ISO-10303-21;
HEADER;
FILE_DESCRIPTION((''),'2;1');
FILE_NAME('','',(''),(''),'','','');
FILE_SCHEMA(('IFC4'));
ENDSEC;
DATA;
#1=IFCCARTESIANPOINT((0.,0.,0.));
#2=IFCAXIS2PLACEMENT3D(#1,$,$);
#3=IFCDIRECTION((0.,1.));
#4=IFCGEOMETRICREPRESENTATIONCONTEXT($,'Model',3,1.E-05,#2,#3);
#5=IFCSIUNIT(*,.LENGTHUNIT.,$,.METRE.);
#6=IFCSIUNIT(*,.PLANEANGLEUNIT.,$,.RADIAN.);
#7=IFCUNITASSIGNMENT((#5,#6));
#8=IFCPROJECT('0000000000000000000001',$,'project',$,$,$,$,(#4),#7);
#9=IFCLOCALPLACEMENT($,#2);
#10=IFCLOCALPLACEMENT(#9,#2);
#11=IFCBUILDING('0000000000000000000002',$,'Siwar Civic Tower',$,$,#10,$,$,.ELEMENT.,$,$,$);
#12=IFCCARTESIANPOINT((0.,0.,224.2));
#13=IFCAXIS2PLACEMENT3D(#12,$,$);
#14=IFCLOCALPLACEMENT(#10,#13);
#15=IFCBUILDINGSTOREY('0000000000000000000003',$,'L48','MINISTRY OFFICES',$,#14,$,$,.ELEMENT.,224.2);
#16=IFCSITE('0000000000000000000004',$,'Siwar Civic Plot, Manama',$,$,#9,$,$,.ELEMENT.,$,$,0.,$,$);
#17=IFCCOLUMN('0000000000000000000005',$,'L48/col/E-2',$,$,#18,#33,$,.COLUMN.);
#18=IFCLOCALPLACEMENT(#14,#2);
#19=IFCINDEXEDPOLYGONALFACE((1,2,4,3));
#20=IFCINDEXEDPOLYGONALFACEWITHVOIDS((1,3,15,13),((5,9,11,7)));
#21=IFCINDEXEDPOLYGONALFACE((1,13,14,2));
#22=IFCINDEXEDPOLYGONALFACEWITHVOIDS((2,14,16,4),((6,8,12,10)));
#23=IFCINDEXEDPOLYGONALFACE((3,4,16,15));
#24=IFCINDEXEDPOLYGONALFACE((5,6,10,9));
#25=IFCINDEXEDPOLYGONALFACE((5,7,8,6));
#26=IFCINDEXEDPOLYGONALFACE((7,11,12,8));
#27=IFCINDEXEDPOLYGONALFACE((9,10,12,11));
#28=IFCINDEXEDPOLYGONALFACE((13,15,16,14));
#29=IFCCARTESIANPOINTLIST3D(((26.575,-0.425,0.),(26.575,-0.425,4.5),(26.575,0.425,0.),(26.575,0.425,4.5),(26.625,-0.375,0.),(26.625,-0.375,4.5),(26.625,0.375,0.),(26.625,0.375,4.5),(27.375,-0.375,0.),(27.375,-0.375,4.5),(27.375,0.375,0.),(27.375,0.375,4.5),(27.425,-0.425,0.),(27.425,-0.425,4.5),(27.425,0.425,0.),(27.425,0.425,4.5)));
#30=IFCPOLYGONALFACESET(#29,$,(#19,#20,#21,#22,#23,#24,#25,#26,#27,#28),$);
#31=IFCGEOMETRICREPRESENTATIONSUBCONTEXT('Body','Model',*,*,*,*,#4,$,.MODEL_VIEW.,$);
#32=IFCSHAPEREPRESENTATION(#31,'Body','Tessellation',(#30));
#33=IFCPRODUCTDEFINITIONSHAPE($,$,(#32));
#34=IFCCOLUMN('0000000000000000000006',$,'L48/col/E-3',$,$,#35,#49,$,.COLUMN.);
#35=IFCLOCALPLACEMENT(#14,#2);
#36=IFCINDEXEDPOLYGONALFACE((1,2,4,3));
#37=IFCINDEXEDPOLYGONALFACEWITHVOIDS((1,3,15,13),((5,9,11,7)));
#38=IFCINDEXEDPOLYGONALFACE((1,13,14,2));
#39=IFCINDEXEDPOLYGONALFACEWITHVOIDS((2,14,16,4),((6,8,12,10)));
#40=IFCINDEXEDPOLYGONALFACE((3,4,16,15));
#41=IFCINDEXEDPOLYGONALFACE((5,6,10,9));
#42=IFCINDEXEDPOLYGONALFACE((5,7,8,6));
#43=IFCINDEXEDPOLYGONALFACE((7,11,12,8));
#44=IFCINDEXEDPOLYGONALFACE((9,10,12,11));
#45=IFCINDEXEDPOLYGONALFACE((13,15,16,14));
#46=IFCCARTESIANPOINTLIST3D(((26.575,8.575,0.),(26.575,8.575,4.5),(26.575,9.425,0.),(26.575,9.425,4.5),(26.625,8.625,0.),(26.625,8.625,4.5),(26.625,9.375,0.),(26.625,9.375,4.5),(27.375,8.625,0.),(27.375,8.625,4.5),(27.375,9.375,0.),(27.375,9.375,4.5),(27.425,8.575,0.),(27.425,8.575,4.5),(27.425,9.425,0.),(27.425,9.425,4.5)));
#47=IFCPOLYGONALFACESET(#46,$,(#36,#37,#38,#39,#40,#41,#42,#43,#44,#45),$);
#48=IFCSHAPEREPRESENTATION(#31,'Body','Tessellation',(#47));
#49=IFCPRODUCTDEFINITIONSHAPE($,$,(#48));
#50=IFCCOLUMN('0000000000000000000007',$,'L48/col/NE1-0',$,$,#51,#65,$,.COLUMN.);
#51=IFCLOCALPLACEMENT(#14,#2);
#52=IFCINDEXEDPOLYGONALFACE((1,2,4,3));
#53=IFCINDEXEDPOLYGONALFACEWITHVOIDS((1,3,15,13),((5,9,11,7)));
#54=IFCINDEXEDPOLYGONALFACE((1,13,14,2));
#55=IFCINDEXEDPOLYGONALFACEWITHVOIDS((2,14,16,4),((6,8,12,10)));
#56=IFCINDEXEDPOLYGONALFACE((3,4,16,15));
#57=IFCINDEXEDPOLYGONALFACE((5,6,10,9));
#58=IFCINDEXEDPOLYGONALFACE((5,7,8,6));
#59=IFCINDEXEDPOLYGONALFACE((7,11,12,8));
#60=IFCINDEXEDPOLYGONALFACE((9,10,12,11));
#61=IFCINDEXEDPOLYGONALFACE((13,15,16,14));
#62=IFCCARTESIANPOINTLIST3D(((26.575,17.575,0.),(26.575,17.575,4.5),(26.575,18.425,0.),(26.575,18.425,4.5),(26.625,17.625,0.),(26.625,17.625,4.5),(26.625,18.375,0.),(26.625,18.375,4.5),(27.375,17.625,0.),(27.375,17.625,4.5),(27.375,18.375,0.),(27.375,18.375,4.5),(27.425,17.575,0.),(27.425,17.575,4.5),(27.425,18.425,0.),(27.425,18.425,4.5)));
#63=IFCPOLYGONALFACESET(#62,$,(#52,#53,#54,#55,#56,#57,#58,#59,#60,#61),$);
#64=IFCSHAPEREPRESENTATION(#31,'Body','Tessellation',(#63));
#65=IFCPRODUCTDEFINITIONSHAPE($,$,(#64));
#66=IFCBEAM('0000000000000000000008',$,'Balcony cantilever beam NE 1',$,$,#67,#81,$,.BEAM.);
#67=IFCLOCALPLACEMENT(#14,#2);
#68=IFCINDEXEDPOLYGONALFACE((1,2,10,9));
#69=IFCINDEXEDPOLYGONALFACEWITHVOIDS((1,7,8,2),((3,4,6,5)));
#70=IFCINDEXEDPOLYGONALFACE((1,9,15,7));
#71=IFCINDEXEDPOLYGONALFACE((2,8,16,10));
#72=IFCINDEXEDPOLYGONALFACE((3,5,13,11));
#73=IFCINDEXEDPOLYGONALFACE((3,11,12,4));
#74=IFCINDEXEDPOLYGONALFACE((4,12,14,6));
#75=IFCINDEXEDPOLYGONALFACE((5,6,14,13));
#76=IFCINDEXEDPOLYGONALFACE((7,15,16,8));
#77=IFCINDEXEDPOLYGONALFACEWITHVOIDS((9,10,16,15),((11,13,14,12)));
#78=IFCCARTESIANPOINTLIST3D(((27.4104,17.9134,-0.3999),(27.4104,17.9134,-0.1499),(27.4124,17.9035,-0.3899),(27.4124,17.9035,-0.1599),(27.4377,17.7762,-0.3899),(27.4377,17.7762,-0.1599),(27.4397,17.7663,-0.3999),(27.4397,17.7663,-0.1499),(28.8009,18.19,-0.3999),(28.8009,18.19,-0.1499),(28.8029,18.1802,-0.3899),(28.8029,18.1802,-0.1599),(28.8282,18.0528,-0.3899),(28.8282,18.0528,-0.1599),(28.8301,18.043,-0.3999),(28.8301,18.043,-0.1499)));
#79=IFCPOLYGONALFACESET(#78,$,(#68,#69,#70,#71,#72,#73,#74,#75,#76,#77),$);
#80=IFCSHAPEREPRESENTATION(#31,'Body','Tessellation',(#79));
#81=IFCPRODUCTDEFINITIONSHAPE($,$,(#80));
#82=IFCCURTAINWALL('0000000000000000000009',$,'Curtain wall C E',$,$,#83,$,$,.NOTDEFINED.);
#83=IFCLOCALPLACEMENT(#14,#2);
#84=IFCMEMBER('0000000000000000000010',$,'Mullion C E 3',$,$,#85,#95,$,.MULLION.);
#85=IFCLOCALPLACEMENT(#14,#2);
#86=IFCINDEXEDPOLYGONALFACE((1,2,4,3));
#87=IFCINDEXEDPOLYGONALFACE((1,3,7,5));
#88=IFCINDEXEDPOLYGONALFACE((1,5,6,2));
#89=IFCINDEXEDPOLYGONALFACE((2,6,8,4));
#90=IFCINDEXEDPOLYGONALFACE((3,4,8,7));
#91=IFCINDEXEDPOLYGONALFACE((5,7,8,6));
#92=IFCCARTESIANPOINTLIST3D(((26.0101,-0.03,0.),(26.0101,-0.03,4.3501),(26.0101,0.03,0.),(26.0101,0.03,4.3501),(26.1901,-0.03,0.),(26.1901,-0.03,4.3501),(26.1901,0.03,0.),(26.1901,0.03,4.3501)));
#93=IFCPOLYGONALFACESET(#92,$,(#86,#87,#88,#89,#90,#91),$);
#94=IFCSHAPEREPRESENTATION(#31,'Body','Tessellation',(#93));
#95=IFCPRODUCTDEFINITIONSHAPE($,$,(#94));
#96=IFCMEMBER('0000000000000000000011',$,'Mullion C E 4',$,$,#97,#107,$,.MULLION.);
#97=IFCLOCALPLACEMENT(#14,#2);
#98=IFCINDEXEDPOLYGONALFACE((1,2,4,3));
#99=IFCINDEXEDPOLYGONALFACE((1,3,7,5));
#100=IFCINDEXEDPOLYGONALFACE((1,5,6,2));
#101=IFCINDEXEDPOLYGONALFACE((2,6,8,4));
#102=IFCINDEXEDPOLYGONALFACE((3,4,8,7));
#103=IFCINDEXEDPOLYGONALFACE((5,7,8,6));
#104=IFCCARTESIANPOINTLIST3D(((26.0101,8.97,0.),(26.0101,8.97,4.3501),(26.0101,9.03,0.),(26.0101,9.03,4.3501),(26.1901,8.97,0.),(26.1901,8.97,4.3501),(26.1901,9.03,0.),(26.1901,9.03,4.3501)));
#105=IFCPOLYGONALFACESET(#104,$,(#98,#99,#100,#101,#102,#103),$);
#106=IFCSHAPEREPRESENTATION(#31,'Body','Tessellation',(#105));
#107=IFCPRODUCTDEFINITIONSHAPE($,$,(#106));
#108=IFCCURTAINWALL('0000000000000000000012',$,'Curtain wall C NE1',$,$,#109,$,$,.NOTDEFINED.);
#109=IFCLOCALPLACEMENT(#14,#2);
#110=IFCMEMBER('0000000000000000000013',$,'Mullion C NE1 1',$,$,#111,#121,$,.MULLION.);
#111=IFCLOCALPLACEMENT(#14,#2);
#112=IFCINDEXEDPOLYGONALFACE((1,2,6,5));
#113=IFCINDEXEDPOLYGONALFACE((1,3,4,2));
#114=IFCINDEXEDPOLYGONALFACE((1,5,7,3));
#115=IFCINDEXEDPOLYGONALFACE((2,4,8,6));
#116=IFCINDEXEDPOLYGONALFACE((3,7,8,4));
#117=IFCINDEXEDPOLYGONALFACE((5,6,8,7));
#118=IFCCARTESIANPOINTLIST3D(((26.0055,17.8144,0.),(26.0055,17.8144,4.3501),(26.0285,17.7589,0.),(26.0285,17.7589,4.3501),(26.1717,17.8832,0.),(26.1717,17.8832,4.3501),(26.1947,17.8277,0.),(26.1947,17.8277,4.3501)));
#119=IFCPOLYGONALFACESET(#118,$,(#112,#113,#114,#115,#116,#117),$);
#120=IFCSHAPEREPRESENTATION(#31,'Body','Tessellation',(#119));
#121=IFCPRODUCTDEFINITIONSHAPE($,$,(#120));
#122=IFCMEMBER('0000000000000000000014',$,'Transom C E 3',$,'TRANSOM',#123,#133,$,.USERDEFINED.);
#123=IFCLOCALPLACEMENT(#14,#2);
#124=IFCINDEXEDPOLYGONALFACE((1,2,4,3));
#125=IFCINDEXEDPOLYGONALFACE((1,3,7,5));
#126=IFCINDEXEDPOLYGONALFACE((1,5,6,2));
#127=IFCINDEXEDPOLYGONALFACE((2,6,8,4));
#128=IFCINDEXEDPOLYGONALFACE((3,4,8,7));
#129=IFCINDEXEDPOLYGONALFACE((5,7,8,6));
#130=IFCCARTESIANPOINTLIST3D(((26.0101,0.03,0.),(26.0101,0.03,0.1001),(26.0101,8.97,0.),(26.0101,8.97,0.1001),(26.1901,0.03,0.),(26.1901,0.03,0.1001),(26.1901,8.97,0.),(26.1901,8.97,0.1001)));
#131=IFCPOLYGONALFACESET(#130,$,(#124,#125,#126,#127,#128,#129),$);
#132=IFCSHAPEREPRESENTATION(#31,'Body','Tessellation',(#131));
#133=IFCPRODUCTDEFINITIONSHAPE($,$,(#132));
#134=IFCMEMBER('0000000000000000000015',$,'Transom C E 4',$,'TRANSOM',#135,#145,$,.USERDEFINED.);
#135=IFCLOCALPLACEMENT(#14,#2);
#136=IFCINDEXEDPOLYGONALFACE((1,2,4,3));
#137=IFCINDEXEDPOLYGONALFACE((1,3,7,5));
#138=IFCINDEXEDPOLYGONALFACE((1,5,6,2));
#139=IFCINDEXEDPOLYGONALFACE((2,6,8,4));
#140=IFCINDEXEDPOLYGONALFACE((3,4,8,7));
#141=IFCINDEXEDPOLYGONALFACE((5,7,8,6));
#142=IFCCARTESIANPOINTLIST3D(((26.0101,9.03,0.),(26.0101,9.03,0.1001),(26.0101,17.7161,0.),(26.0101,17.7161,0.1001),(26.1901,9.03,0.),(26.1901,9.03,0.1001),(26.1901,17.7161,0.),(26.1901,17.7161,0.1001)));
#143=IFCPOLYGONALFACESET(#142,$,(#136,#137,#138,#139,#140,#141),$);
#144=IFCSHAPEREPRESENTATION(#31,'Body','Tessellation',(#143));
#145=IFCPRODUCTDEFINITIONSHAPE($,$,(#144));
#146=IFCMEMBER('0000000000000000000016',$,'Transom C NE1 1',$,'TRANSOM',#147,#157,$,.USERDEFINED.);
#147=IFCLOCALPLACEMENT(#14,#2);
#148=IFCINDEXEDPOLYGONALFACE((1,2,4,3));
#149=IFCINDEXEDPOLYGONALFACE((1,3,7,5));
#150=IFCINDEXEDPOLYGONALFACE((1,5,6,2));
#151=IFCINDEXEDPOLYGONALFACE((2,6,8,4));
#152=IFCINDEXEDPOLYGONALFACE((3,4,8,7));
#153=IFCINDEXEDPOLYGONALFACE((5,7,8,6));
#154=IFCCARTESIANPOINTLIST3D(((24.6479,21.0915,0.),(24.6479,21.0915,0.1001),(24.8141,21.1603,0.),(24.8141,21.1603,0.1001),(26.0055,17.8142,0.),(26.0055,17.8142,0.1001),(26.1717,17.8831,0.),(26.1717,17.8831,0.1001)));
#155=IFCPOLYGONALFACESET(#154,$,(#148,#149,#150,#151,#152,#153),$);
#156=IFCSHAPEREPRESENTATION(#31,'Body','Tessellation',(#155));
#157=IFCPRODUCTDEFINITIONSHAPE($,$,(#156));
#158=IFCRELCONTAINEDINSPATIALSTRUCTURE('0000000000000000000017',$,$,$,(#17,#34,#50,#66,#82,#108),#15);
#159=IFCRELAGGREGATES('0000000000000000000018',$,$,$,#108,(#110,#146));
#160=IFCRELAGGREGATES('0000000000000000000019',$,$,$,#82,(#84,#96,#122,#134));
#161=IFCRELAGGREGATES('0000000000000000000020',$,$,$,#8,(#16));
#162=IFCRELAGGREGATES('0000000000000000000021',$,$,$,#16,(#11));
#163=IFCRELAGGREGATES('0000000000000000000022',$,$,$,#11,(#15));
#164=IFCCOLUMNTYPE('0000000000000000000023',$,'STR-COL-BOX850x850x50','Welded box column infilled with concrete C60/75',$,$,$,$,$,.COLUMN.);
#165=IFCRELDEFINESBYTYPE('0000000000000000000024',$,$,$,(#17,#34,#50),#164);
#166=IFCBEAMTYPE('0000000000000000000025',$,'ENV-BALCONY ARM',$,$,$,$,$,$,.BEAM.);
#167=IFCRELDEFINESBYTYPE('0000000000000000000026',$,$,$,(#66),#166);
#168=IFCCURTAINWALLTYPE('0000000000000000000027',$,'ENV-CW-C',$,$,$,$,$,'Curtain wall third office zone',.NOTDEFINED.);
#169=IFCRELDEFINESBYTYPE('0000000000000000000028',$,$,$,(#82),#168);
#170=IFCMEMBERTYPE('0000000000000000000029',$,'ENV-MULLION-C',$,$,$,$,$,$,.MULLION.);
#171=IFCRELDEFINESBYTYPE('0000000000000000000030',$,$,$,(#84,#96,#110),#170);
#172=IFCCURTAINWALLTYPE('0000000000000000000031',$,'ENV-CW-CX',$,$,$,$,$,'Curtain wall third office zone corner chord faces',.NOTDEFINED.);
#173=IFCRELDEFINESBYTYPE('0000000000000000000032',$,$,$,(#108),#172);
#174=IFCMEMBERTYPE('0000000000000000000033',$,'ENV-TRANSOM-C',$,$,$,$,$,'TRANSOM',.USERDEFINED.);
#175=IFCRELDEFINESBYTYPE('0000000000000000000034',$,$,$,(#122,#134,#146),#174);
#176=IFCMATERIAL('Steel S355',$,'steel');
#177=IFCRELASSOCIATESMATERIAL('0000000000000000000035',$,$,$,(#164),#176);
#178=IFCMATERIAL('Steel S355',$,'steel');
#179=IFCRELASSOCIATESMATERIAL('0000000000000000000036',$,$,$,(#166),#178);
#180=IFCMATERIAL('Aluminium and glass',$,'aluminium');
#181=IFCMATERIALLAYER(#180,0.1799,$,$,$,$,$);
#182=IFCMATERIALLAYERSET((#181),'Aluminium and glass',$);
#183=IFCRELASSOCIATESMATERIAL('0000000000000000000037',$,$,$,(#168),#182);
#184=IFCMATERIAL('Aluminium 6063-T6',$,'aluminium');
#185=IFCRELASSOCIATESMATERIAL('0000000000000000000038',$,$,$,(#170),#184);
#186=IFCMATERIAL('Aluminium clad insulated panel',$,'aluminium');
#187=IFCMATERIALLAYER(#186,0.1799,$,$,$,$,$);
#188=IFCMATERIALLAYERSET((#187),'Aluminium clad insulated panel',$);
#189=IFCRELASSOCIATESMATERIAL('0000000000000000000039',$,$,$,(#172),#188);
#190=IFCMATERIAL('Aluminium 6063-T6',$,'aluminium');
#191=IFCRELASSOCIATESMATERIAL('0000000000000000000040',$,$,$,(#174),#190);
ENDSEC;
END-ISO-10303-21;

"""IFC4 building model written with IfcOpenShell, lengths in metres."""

from ifc_helpers import new_model, si_unit, direction, frame, origin, origin_2d, place, context, subcontext, project, spatial, rectangle, hollow_rectangle, extrude, material, layer, layer_set, material_profile, profile_set, type_object, element, aggregate, save


model = new_model("IFC4")

# Units and contexts
model_context = context("Model", 3, precision=1e-05, world=origin(), true_north=direction((0.0, 1.0)))
body_context = subcontext(model_context, "Body", "Model", "MODEL_VIEW")
ifc_project = project(units=[si_unit("LENGTHUNIT", "METRE"), si_unit("PLANEANGLEUNIT", "RADIAN")], contexts=[model_context])

# Site, building, storey
site_placement = place(None, origin())
site = spatial("IfcSite", under=ifc_project, at=site_placement, Name="Siwar Civic Plot, Manama", CompositionType="ELEMENT", RefElevation=0.0)
building_placement = place(site_placement, origin())
building = spatial("IfcBuilding", under=site, at=building_placement, Name="Siwar Civic Tower", CompositionType="ELEMENT")
storey_placement = place(building_placement, frame((0.0, 0.0, 224.2)))
storey = spatial("IfcBuildingStorey", under=building, at=storey_placement, Name="L48", Description="MINISTRY OFFICES", CompositionType="ELEMENT", Elevation=224.2)

# Columns
ifc_material_1 = material(Name="Steel S355", Category="steel")
ifc_material_profile_1 = material_profile(ifc_material_1, hollow_rectangle(XDim=0.8501, YDim=0.8501, WallThickness=0.05, at=origin_2d()), Name="BOX850x850x50")
ifc_profile_set_1 = profile_set([ifc_material_profile_1], Name="Steel S355")
column_type = type_object("IfcColumnType", Name="STR-COL-BOX850x850x50", Description="Welded box column infilled with concrete C60/75", PredefinedType="COLUMN", material=ifc_profile_set_1)
for number, where, z_axis, x_axis, name in (
    (1, (27.0, 0.0, 0.0), (0.0, 0.0, 1.0), (1.0, 0.0, 0.0), "L48/col/E-2"),
    (2, (27.0, 9.0, 0.0), (0.0, 0.0, 1.0), (1.0, 0.0, 0.0), "L48/col/E-3"),
    (3, (27.0, 18.0, 0.0), (0.0, 0.0, 1.0), (1.0, 0.0, 0.0), "L48/col/NE1-0"),
):
    element("IfcColumn", number, at=place(storey_placement, frame(where, z_axis=z_axis, x_axis=x_axis)), inside=storey, type_object=column_type, Name=name, PredefinedType="COLUMN", context=body_context, shape_type="SweptSolid", body=[
        extrude(hollow_rectangle(XDim=0.8501, YDim=0.8501, WallThickness=0.05, at=origin_2d()), origin(), (0.0, 0.0, 1.0), 4.5),
    ])

# Beam
ifc_material_2 = material(Name="Steel S355", Category="steel")
ifc_material_profile_2 = material_profile(ifc_material_2, hollow_rectangle(XDim=0.1499, YDim=0.25, WallThickness=0.01, at=origin_2d()), Name="RHS250x150x10")
ifc_profile_set_2 = profile_set([ifc_material_profile_2], Name="Steel S355")
beam_type_1 = type_object("IfcBeamType", Name="ENV-BALCONY ARM", PredefinedType="BEAM", material=ifc_profile_set_2)
beam_1_placement = place(storey_placement, frame((27.425, 17.8398, -0.2749), z_axis=(0.980779, 0.195122, 0.0), x_axis=(-0.195122, 0.980779, 0.0)))
element("IfcBeam", 4, at=beam_1_placement, inside=storey, type_object=beam_type_1, Name="Balcony cantilever beam NE 1", PredefinedType="BEAM", context=body_context, shape_type="SweptSolid", body=[
    extrude(hollow_rectangle(XDim=0.1499, YDim=0.25, WallThickness=0.01, at=origin_2d()), origin(), (0.0, 0.0, 1.0), 1.4177),
])

# Curtain wall, members
ifc_material_3 = material(Name="Aluminium and glass", Category="aluminium")
ifc_layer_1 = layer(ifc_material_3, 0.1799)
ifc_layer_set_1 = layer_set([ifc_layer_1], Name="Aluminium and glass")
curtain_wall_type_1 = type_object("IfcCurtainWallType", Name="ENV-CW-C", ElementType="Curtain wall third office zone", PredefinedType="NOTDEFINED", material=ifc_layer_set_1)
curtain_wall_1_placement = place(storey_placement, origin())
curtain_wall_1 = element("IfcCurtainWall", 5, at=curtain_wall_1_placement, inside=storey, type_object=curtain_wall_type_1, Name="Curtain wall C E", PredefinedType="NOTDEFINED")
ifc_material_4 = material(Name="Aluminium 6063-T6", Category="aluminium")
ifc_material_profile_3 = material_profile(ifc_material_4, rectangle(XDim=0.1799, YDim=0.0601, at=origin_2d()), Name="AL 180x60")
ifc_profile_set_3 = profile_set([ifc_material_profile_3], Name="Aluminium 6063-T6")
member_type_1 = type_object("IfcMemberType", Name="ENV-MULLION-C", PredefinedType="MULLION", material=ifc_profile_set_3)
member_1_placement = place(storey_placement, frame((26.1001, 0.0, 0.0), z_axis=(0.0, 0.0, 1.0), x_axis=(-1.0, 0.0, 0.0)))
member_1 = element("IfcMember", 6, at=member_1_placement, type_object=member_type_1, Name="Mullion C E 3", PredefinedType="MULLION", context=body_context, shape_type="SweptSolid", body=[
    extrude(rectangle(XDim=0.1799, YDim=0.0601, at=origin_2d()), origin(), (0.0, 0.0, 1.0), 4.3501),
])
member_2_placement = place(storey_placement, frame((26.1001, 9.0, 0.0), z_axis=(0.0, 0.0, 1.0), x_axis=(-1.0, 0.0, 0.0)))
member_2 = element("IfcMember", 7, at=member_2_placement, type_object=member_type_1, Name="Mullion C E 4", PredefinedType="MULLION", context=body_context, shape_type="SweptSolid", body=[
    extrude(rectangle(XDim=0.1799, YDim=0.0601, at=origin_2d()), origin(), (0.0, 0.0, 1.0), 4.3501),
])

# Curtain wall, member
ifc_material_5 = material(Name="Aluminium clad insulated panel", Category="aluminium")
ifc_layer_2 = layer(ifc_material_5, 0.1799)
ifc_layer_set_2 = layer_set([ifc_layer_2], Name="Aluminium clad insulated panel")
curtain_wall_type_2 = type_object("IfcCurtainWallType", Name="ENV-CW-CX", ElementType="Curtain wall third office zone corner chord faces", PredefinedType="NOTDEFINED", material=ifc_layer_set_2)
curtain_wall_2_placement = place(storey_placement, origin())
curtain_wall_2 = element("IfcCurtainWall", 8, at=curtain_wall_2_placement, inside=storey, type_object=curtain_wall_type_2, Name="Curtain wall C NE1", PredefinedType="NOTDEFINED")
member_3_placement = place(storey_placement, frame((26.1001, 17.821, 0.0), z_axis=(0.0, 0.0, 1.0), x_axis=(-0.92388, -0.382683, 0.0)))
member_3 = element("IfcMember", 9, at=member_3_placement, type_object=member_type_1, Name="Mullion C NE1 1", PredefinedType="MULLION", context=body_context, shape_type="SweptSolid", body=[
    extrude(rectangle(XDim=0.1799, YDim=0.0601, at=origin_2d()), origin(), (0.0, 0.0, 1.0), 4.3501),
])

# Members
ifc_material_6 = material(Name="Aluminium 6063-T6", Category="aluminium")
ifc_material_profile_4 = material_profile(ifc_material_6, rectangle(XDim=0.1799, YDim=0.1001, at=origin_2d()), Name="AL 180x100")
ifc_profile_set_4 = profile_set([ifc_material_profile_4], Name="Aluminium 6063-T6")
member_type_2 = type_object("IfcMemberType", Name="ENV-TRANSOM-C", ElementType="TRANSOM", PredefinedType="USERDEFINED", material=ifc_profile_set_4)
member_4_placement = place(storey_placement, frame((26.1001, 0.03, 0.05), z_axis=(0.0, 1.0, 0.0), x_axis=(-1.0, 0.0, 0.0)))
member_4 = element("IfcMember", 10, at=member_4_placement, type_object=member_type_2, Name="Transom C E 3", ObjectType="TRANSOM", PredefinedType="USERDEFINED", context=body_context, shape_type="SweptSolid", body=[
    extrude(rectangle(XDim=0.1799, YDim=0.1001, at=origin_2d()), origin(), (0.0, 0.0, 1.0), 8.9399),
])
member_5_placement = place(storey_placement, frame((26.1001, 9.03, 0.05), z_axis=(0.0, 1.0, 0.0), x_axis=(-1.0, 0.0, 0.0)))
member_5 = element("IfcMember", 11, at=member_5_placement, type_object=member_type_2, Name="Transom C E 4", ObjectType="TRANSOM", PredefinedType="USERDEFINED", context=body_context, shape_type="SweptSolid", body=[
    extrude(rectangle(XDim=0.1799, YDim=0.1001, at=origin_2d()), origin(), (0.0, 0.0, 1.0), 8.686),
])
member_6_placement = place(storey_placement, frame((26.0886, 17.8486, 0.05), z_axis=(-0.382719, 0.923865, 0.0), x_axis=(-0.923865, -0.382719, 0.0)))
member_6 = element("IfcMember", 12, at=member_6_placement, type_object=member_type_2, Name="Transom C NE1 1", ObjectType="TRANSOM", PredefinedType="USERDEFINED", context=body_context, shape_type="SweptSolid", body=[
    extrude(rectangle(XDim=0.1799, YDim=0.1001, at=origin_2d()), origin(), (0.0, 0.0, 1.0), 3.5474),
])
aggregate(curtain_wall_2, [member_3, member_6])

aggregate(curtain_wall_1, [member_1, member_2, member_4, member_5])

save(model, "model.ifc")
